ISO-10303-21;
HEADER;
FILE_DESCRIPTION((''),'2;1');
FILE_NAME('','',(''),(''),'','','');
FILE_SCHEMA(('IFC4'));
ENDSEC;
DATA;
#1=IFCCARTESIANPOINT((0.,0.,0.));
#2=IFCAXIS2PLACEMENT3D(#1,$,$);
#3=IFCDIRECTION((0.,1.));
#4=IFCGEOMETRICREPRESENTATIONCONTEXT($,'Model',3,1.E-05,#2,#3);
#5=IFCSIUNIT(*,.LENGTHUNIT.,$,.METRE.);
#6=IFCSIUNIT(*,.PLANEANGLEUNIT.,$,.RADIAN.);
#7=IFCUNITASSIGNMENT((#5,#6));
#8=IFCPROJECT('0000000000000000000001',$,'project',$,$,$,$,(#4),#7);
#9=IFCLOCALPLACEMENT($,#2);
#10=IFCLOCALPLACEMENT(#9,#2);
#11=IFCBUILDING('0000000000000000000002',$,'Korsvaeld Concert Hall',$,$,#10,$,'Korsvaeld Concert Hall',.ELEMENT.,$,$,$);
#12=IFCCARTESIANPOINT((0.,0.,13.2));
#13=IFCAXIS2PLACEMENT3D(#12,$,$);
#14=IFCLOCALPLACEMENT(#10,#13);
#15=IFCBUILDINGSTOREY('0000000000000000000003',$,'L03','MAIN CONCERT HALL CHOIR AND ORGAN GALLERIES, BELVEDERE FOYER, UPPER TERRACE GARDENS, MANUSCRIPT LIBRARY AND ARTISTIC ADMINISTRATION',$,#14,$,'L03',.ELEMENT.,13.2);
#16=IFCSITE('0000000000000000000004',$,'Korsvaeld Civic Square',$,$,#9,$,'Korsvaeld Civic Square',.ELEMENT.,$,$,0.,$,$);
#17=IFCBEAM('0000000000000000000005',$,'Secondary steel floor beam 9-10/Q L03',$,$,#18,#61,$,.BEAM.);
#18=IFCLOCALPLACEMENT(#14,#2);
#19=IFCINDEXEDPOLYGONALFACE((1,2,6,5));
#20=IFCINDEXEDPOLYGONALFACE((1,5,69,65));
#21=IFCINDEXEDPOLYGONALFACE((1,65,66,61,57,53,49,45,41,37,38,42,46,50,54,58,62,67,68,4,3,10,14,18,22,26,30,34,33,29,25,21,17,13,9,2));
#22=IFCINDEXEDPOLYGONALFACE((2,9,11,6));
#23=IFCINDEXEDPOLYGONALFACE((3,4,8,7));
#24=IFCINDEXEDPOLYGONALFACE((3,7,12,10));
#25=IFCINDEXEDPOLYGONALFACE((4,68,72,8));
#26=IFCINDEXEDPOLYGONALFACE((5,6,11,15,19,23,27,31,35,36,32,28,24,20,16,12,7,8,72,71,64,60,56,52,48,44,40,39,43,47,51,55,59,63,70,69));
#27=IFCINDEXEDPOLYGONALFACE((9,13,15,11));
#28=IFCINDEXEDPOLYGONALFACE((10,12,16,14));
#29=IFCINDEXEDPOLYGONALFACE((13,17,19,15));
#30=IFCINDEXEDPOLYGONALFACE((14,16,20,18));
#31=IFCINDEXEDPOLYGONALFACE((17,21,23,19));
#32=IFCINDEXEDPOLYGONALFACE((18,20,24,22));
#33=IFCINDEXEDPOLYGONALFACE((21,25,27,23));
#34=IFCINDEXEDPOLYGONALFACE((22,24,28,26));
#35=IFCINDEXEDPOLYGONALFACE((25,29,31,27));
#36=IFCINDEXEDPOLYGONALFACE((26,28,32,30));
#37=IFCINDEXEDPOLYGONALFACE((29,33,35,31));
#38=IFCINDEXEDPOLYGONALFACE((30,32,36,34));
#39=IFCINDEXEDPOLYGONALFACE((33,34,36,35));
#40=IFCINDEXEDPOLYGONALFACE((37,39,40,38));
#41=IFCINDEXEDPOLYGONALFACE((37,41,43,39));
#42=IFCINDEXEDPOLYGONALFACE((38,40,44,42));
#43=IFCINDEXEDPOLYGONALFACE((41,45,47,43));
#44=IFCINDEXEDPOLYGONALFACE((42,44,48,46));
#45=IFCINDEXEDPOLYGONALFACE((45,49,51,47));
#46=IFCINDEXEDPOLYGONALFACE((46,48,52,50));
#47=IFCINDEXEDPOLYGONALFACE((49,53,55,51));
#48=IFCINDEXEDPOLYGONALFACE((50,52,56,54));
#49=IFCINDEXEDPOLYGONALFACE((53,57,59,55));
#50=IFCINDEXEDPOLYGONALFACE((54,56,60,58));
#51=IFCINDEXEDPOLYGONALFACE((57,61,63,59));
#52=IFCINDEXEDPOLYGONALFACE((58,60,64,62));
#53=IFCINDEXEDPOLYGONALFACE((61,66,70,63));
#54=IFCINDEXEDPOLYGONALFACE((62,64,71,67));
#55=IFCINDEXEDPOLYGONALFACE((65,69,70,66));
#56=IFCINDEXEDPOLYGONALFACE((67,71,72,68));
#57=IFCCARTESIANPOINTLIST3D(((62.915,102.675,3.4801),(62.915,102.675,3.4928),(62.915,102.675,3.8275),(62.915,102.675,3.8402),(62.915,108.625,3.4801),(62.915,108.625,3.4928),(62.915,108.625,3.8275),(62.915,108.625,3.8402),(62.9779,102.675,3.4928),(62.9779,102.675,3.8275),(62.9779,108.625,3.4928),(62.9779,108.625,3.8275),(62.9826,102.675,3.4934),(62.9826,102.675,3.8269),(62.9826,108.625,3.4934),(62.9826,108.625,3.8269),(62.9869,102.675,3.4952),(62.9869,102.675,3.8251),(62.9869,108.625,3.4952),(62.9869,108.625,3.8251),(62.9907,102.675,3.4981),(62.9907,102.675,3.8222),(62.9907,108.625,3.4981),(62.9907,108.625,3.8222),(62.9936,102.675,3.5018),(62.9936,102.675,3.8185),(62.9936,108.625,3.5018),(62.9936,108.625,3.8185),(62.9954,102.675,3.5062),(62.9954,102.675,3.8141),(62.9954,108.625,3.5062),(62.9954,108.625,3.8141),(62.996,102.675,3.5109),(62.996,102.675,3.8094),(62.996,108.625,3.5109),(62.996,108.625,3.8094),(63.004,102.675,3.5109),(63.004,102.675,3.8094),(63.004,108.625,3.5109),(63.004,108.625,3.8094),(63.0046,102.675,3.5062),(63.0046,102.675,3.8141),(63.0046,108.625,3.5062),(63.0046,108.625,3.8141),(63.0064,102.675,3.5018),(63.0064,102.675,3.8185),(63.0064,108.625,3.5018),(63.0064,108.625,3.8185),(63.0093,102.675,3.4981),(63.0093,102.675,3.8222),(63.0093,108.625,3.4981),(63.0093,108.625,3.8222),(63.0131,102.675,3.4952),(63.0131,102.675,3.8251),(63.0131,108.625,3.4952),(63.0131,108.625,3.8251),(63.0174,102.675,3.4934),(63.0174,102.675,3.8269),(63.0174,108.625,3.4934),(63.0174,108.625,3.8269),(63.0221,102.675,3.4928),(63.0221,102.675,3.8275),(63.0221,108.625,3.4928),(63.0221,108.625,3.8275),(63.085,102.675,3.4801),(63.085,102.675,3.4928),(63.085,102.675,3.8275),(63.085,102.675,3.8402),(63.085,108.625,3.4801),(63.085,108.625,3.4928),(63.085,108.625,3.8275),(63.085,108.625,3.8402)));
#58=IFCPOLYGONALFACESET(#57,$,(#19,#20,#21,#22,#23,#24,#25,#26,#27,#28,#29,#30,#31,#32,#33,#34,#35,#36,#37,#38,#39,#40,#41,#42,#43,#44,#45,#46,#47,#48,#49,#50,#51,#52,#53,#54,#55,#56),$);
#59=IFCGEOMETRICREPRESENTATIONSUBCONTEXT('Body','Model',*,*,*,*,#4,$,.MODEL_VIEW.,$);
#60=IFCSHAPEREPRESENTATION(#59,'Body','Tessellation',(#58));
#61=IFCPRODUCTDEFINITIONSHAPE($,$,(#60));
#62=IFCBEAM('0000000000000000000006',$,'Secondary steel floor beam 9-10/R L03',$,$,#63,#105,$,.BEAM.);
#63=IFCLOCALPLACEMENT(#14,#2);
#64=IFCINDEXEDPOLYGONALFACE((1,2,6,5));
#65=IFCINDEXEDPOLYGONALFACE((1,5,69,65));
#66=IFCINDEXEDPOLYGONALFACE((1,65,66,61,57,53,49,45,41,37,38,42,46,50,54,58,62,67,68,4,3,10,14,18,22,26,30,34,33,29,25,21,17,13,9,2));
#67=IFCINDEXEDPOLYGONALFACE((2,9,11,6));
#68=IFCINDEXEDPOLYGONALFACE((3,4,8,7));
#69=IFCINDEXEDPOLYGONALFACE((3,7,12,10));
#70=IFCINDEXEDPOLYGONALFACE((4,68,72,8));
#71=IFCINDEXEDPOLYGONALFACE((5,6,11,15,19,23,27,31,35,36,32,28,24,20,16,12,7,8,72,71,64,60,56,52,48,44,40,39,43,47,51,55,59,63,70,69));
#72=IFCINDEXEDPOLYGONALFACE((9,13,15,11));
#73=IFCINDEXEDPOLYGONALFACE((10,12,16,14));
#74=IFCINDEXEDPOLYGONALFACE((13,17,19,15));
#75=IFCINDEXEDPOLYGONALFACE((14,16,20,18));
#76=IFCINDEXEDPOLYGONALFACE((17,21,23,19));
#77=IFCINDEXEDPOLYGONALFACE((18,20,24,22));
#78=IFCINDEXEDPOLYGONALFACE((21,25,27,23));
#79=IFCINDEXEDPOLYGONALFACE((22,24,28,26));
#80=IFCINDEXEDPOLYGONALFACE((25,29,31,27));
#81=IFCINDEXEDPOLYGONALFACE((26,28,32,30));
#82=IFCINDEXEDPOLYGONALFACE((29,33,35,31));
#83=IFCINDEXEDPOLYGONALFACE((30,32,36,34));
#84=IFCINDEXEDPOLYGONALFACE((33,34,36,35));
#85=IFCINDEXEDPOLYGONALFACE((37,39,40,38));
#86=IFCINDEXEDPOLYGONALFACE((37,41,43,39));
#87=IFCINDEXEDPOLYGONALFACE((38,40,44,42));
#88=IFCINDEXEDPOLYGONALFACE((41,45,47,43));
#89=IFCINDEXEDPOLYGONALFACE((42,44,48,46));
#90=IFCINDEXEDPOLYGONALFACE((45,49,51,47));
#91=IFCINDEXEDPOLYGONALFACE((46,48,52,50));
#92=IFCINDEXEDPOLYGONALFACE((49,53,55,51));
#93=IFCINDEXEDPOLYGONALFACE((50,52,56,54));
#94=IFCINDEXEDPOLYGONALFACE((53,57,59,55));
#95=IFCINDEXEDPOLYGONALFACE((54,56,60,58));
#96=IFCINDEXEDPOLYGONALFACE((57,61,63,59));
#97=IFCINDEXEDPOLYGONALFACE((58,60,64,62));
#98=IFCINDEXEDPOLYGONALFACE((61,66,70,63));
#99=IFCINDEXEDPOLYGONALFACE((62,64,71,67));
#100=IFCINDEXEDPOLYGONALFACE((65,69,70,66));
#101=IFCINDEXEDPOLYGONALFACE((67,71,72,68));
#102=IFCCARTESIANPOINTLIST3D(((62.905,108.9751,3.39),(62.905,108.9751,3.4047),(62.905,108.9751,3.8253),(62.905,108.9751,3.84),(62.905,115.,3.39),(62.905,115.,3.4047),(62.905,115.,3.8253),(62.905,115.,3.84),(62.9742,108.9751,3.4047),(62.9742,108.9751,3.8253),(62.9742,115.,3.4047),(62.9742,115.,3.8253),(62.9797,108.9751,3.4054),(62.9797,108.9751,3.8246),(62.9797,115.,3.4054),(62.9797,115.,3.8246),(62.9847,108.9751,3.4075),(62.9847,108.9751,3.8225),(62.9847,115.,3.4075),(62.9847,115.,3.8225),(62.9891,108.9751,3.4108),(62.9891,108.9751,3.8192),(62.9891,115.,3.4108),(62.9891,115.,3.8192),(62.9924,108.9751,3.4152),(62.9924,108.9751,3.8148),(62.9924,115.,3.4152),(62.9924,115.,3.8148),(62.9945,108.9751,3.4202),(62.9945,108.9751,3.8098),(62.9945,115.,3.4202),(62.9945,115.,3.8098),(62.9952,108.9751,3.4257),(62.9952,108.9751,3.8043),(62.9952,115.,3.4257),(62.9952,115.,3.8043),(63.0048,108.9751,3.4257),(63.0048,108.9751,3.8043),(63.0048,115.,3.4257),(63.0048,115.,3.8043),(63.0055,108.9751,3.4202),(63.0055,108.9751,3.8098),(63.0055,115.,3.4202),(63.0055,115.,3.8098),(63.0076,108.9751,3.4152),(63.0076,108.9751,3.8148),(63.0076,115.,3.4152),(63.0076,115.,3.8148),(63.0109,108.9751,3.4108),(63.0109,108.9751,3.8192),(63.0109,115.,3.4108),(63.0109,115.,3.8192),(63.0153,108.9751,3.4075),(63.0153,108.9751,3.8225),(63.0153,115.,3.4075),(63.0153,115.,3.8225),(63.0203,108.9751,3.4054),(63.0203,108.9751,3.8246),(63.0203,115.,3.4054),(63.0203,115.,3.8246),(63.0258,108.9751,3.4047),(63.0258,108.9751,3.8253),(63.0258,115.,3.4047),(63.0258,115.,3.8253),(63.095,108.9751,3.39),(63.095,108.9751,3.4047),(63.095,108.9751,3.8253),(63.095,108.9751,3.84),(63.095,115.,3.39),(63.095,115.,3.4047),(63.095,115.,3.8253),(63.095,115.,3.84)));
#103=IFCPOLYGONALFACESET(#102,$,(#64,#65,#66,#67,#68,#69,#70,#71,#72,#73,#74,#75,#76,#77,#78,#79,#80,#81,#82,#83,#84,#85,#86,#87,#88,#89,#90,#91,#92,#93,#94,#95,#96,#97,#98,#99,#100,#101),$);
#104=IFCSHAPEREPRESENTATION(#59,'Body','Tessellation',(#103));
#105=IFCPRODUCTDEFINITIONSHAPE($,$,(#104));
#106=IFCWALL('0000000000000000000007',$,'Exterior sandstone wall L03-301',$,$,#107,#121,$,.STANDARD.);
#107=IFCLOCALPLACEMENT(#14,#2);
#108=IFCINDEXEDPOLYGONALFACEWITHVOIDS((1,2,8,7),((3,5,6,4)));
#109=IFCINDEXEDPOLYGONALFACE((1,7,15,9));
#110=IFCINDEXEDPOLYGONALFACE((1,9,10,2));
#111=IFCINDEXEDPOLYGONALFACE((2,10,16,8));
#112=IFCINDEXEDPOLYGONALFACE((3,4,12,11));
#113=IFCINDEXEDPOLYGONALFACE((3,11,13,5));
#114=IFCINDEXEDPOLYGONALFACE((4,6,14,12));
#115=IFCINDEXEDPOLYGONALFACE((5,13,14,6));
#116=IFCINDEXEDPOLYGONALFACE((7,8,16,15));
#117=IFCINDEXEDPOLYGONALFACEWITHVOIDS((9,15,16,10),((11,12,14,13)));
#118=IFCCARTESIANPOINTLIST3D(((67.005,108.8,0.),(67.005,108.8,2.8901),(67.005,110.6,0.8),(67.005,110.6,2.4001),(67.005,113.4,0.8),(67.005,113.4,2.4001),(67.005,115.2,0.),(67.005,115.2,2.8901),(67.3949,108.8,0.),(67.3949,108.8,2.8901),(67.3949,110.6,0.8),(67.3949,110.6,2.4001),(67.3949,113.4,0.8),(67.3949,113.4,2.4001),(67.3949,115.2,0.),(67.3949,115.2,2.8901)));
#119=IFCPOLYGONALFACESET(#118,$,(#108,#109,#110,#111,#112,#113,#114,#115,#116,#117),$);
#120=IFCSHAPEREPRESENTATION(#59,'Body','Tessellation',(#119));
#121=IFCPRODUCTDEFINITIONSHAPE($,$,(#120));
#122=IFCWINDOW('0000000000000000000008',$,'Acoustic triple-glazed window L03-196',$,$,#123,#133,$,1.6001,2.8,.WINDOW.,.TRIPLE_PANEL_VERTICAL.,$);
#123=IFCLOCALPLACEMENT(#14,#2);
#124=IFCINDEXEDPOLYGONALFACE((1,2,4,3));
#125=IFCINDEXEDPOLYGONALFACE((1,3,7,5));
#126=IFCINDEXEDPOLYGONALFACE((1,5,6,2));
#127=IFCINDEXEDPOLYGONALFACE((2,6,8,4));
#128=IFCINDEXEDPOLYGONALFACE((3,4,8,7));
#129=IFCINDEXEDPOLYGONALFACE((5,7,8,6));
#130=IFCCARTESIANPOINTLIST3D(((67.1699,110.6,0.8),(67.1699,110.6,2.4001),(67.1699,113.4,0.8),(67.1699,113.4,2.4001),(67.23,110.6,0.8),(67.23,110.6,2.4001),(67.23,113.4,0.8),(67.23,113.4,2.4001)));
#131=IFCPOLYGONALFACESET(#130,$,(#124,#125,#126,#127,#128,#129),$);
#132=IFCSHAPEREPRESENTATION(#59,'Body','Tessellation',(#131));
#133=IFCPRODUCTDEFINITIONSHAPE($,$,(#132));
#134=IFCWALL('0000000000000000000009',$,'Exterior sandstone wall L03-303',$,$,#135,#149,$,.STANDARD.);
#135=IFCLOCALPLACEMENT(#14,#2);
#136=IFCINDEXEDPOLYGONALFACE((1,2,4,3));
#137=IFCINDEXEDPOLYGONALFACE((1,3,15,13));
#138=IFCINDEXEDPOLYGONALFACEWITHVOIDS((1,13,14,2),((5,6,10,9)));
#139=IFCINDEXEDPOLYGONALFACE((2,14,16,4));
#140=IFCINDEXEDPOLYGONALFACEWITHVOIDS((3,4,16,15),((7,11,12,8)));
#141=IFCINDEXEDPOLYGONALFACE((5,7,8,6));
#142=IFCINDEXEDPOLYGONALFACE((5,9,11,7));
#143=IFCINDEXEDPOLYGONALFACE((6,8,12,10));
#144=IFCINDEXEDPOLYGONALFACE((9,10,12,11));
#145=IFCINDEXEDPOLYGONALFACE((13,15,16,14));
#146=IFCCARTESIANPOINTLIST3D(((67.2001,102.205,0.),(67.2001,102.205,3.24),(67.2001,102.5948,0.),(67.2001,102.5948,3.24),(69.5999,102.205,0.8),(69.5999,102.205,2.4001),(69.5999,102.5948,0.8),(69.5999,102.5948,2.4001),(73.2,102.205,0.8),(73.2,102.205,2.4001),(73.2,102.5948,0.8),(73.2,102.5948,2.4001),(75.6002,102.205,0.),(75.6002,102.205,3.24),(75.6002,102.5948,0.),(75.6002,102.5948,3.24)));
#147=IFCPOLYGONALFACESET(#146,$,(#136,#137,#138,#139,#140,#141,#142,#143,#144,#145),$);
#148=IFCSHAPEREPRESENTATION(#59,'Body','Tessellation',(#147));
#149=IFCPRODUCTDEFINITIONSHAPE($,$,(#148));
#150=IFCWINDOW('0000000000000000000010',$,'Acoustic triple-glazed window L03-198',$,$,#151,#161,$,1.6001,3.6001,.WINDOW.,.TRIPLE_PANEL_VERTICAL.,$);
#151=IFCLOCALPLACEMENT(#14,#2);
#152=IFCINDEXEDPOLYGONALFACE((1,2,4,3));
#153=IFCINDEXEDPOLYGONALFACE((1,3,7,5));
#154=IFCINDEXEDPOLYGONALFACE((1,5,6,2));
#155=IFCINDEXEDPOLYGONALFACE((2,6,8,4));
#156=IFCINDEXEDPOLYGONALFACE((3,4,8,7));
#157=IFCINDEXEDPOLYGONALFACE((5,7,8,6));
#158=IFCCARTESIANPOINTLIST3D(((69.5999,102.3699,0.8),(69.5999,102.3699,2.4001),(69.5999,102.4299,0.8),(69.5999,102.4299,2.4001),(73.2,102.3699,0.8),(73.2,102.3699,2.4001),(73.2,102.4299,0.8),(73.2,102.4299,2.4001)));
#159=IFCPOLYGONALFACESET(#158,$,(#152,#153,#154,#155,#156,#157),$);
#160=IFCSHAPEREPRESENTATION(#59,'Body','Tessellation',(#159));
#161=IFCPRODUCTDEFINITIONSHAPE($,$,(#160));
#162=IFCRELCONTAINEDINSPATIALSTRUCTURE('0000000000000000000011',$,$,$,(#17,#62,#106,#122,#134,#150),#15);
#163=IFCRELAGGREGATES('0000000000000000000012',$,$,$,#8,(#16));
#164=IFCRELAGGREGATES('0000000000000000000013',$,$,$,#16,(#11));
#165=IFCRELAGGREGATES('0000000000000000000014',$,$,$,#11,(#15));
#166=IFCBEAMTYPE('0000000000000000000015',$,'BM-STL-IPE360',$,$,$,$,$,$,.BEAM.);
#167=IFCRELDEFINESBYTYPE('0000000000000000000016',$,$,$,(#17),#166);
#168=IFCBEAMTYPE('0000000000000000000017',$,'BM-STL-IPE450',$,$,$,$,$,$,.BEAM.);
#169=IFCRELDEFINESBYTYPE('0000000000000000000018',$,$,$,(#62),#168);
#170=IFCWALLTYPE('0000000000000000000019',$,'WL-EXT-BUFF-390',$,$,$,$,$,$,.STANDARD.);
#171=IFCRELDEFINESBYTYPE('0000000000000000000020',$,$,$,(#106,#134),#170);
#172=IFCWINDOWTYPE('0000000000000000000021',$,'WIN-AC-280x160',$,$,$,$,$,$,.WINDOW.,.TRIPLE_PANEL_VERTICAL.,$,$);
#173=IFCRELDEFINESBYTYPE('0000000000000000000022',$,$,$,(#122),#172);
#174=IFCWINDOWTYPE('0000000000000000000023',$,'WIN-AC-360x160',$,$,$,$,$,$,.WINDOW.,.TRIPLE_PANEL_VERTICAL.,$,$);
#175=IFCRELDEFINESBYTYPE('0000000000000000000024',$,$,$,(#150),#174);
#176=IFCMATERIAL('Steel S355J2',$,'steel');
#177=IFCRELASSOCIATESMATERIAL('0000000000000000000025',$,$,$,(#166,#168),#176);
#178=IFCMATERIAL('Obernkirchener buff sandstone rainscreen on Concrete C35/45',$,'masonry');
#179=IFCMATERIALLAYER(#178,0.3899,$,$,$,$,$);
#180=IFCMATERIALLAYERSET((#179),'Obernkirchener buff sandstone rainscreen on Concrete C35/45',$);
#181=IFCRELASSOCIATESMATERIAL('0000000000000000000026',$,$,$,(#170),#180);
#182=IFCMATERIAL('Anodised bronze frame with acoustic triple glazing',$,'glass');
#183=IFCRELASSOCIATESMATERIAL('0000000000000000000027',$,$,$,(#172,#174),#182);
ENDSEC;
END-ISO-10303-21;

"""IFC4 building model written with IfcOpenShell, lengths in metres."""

from ifc_helpers import new_model, si_unit, direction, frame, frame_2d, origin, origin_2d, place, context, subcontext, project, spatial, rectangle, i_section, extrude, material, layer, layer_set, material_profile, profile_set, type_object, element, fill, save


model = new_model("IFC4")

# Units and contexts
model_context = context("Model", 3, precision=1e-05, world=origin(), true_north=direction((0.0, 1.0)))
body_context = subcontext(model_context, "Body", "Model", "MODEL_VIEW")
ifc_project = project(units=[si_unit("LENGTHUNIT", "METRE"), si_unit("PLANEANGLEUNIT", "RADIAN")], contexts=[model_context])

# Site, building, storey
site_placement = place(None, origin())
site = spatial("IfcSite", under=ifc_project, at=site_placement, Name="Korsvaeld Civic Square", LongName="Korsvaeld Civic Square", CompositionType="ELEMENT", RefElevation=0.0)
building_placement = place(site_placement, origin())
building = spatial("IfcBuilding", under=site, at=building_placement, Name="Korsvaeld Concert Hall", LongName="Korsvaeld Concert Hall", CompositionType="ELEMENT")
storey_placement = place(building_placement, frame((0.0, 0.0, 13.2)))
storey = spatial("IfcBuildingStorey", under=building, at=storey_placement, Name="L03", Description="MAIN CONCERT HALL CHOIR AND ORGAN GALLERIES, BELVEDERE FOYER, UPPER TERRACE GARDENS, MANUSCRIPT LIBRARY AND ARTISTIC ADMINISTRATION", LongName="L03", CompositionType="ELEMENT", Elevation=13.2)

# Beams
ifc_material_1 = material(Name="Steel S355J2", Category="steel")
ifc_material_profile_1 = material_profile(ifc_material_1, i_section(OverallWidth=0.1699, OverallDepth=0.3601, WebThickness=0.0081, FlangeThickness=0.0127, FilletRadius=0.0181, at=origin_2d()), Name="IPE 360")
ifc_profile_set_1 = profile_set([ifc_material_profile_1], Name="Steel S355J2")
beam_type_1 = type_object("IfcBeamType", Name="BM-STL-IPE360", PredefinedType="BEAM", material=ifc_profile_set_1)
beam_1_placement = place(storey_placement, frame((63.0, 102.675, 3.6602), z_axis=(0.0, 1.0, 0.0), x_axis=(-1.0, 0.0, 0.0)))
element("IfcBeam", 1, at=beam_1_placement, inside=storey, type_object=beam_type_1, Name="Secondary steel floor beam 9-10/Q L03", PredefinedType="BEAM", context=body_context, shape_type="SweptSolid", body=[
    extrude(i_section(OverallWidth=0.1699, OverallDepth=0.3601, WebThickness=0.0081, FlangeThickness=0.0127, FilletRadius=0.0181, at=origin_2d()), origin(), (0.0, 0.0, 1.0), 5.95),
])
ifc_material_profile_2 = material_profile(ifc_material_1, i_section(OverallWidth=0.1899, OverallDepth=0.45, WebThickness=0.0095, FlangeThickness=0.0146, FilletRadius=0.021, at=origin_2d()), Name="IPE 450")
ifc_profile_set_2 = profile_set([ifc_material_profile_2], Name="Steel S355J2")
beam_type_2 = type_object("IfcBeamType", Name="BM-STL-IPE450", PredefinedType="BEAM", material=ifc_profile_set_2)
beam_2_placement = place(storey_placement, frame((63.0, 108.9751, 3.615), z_axis=(0.0, 1.0, 0.0), x_axis=(-1.0, 0.0, 0.0)))
element("IfcBeam", 2, at=beam_2_placement, inside=storey, type_object=beam_type_2, Name="Secondary steel floor beam 9-10/R L03", PredefinedType="BEAM", context=body_context, shape_type="SweptSolid", body=[
    extrude(i_section(OverallWidth=0.1899, OverallDepth=0.45, WebThickness=0.0095, FlangeThickness=0.0146, FilletRadius=0.021, at=origin_2d()), origin(), (0.0, 0.0, 1.0), 6.0249),
])

# Walls, openings, windows
ifc_material_2 = material(Name="Obernkirchener buff sandstone rainscreen on Concrete C35/45", Category="masonry")
ifc_layer_1 = layer(ifc_material_2, 0.3899)
ifc_layer_set_1 = layer_set([ifc_layer_1], Name="Obernkirchener buff sandstone rainscreen on Concrete C35/45")
wall_type_1 = type_object("IfcWallType", Name="WL-EXT-BUFF-390", PredefinedType="STANDARD", material=ifc_layer_set_1)
wall_1_placement = place(storey_placement, frame((67.2, 115.2, 0.0), z_axis=(0.0, 0.0, 1.0), x_axis=(0.0, -1.0, 0.0)))
wall_1 = element("IfcWall", 3, at=wall_1_placement, inside=storey, type_object=wall_type_1, Name="Exterior sandstone wall L03-301", PredefinedType="STANDARD", context=body_context, shape_type="SweptSolid", body=[
    extrude(rectangle(XDim=6.3999, YDim=0.3899, at=frame_2d((3.2, 0.0))), origin(), (0.0, 0.0, 1.0), 2.8901),
])
opening_1_placement = place(wall_1_placement, frame((1.8, 0.0, 0.8)))
opening_1 = element("IfcOpeningElement", 4, at=opening_1_placement, cuts=wall_1, PredefinedType="OPENING", context=body_context, shape_type="SweptSolid", body=[
    extrude(rectangle(XDim=2.8, YDim=1.6001, at=frame_2d((1.3999, 0.8))), frame((0.0, 0.2051, 0.0), z_axis=(0.0, -1.0, 0.0), x_axis=(1.0, 0.0, 0.0)), (0.0, 0.0, 1.0), 0.4099),
])
ifc_material_3 = material(Name="Anodised bronze frame with acoustic triple glazing", Category="glass")
window_type_1 = type_object("IfcWindowType", Name="WIN-AC-280x160", PartitioningType="TRIPLE_PANEL_VERTICAL", PredefinedType="WINDOW", material=ifc_material_3)
window_1_placement = place(opening_1_placement, origin())
window_1 = element("IfcWindow", 5, at=window_1_placement, inside=storey, type_object=window_type_1, Name="Acoustic triple-glazed window L03-196", OverallHeight=1.6001, OverallWidth=2.8, PartitioningType="TRIPLE_PANEL_VERTICAL", PredefinedType="WINDOW", context=body_context, shape_type="SweptSolid", body=[
    extrude(rectangle(XDim=2.8, YDim=1.6001, at=frame_2d((1.3999, 0.8))), frame((0.0, 0.03, 0.0), z_axis=(0.0, -1.0, 0.0), x_axis=(1.0, 0.0, 0.0)), (0.0, 0.0, 1.0), 0.0601),
])
fill(opening_1, window_1)
wall_2_placement = place(storey_placement, frame((67.2, 102.3999, 0.0), z_axis=(0.0, 0.0, 1.0), x_axis=(1.0, 0.0, 0.0)))
wall_2 = element("IfcWall", 6, at=wall_2_placement, inside=storey, type_object=wall_type_1, Name="Exterior sandstone wall L03-303", PredefinedType="STANDARD", context=body_context, shape_type="SweptSolid", body=[
    extrude(rectangle(XDim=8.4001, YDim=0.3899, at=frame_2d((4.2002, 0.0))), origin(), (0.0, 0.0, 1.0), 3.24),
])
opening_2_placement = place(wall_2_placement, frame((2.3999, 0.0, 0.8)))
opening_2 = element("IfcOpeningElement", 7, at=opening_2_placement, cuts=wall_2, PredefinedType="OPENING", context=body_context, shape_type="SweptSolid", body=[
    extrude(rectangle(XDim=3.6001, YDim=1.6001, at=frame_2d((1.8, 0.8))), frame((0.0, 0.2051, 0.0), z_axis=(0.0, -1.0, 0.0), x_axis=(1.0, 0.0, 0.0)), (0.0, 0.0, 1.0), 0.4099),
])
window_type_2 = type_object("IfcWindowType", Name="WIN-AC-360x160", PartitioningType="TRIPLE_PANEL_VERTICAL", PredefinedType="WINDOW", material=ifc_material_3)
window_2_placement = place(opening_2_placement, origin())
window_2 = element("IfcWindow", 8, at=window_2_placement, inside=storey, type_object=window_type_2, Name="Acoustic triple-glazed window L03-198", OverallHeight=1.6001, OverallWidth=3.6001, PartitioningType="TRIPLE_PANEL_VERTICAL", PredefinedType="WINDOW", context=body_context, shape_type="SweptSolid", body=[
    extrude(rectangle(XDim=3.6001, YDim=1.6001, at=frame_2d((1.8, 0.8))), frame((0.0, 0.03, 0.0), z_axis=(0.0, -1.0, 0.0), x_axis=(1.0, 0.0, 0.0)), (0.0, 0.0, 1.0), 0.0601),
])
fill(opening_2, window_2)

save(model, "model.ifc")
